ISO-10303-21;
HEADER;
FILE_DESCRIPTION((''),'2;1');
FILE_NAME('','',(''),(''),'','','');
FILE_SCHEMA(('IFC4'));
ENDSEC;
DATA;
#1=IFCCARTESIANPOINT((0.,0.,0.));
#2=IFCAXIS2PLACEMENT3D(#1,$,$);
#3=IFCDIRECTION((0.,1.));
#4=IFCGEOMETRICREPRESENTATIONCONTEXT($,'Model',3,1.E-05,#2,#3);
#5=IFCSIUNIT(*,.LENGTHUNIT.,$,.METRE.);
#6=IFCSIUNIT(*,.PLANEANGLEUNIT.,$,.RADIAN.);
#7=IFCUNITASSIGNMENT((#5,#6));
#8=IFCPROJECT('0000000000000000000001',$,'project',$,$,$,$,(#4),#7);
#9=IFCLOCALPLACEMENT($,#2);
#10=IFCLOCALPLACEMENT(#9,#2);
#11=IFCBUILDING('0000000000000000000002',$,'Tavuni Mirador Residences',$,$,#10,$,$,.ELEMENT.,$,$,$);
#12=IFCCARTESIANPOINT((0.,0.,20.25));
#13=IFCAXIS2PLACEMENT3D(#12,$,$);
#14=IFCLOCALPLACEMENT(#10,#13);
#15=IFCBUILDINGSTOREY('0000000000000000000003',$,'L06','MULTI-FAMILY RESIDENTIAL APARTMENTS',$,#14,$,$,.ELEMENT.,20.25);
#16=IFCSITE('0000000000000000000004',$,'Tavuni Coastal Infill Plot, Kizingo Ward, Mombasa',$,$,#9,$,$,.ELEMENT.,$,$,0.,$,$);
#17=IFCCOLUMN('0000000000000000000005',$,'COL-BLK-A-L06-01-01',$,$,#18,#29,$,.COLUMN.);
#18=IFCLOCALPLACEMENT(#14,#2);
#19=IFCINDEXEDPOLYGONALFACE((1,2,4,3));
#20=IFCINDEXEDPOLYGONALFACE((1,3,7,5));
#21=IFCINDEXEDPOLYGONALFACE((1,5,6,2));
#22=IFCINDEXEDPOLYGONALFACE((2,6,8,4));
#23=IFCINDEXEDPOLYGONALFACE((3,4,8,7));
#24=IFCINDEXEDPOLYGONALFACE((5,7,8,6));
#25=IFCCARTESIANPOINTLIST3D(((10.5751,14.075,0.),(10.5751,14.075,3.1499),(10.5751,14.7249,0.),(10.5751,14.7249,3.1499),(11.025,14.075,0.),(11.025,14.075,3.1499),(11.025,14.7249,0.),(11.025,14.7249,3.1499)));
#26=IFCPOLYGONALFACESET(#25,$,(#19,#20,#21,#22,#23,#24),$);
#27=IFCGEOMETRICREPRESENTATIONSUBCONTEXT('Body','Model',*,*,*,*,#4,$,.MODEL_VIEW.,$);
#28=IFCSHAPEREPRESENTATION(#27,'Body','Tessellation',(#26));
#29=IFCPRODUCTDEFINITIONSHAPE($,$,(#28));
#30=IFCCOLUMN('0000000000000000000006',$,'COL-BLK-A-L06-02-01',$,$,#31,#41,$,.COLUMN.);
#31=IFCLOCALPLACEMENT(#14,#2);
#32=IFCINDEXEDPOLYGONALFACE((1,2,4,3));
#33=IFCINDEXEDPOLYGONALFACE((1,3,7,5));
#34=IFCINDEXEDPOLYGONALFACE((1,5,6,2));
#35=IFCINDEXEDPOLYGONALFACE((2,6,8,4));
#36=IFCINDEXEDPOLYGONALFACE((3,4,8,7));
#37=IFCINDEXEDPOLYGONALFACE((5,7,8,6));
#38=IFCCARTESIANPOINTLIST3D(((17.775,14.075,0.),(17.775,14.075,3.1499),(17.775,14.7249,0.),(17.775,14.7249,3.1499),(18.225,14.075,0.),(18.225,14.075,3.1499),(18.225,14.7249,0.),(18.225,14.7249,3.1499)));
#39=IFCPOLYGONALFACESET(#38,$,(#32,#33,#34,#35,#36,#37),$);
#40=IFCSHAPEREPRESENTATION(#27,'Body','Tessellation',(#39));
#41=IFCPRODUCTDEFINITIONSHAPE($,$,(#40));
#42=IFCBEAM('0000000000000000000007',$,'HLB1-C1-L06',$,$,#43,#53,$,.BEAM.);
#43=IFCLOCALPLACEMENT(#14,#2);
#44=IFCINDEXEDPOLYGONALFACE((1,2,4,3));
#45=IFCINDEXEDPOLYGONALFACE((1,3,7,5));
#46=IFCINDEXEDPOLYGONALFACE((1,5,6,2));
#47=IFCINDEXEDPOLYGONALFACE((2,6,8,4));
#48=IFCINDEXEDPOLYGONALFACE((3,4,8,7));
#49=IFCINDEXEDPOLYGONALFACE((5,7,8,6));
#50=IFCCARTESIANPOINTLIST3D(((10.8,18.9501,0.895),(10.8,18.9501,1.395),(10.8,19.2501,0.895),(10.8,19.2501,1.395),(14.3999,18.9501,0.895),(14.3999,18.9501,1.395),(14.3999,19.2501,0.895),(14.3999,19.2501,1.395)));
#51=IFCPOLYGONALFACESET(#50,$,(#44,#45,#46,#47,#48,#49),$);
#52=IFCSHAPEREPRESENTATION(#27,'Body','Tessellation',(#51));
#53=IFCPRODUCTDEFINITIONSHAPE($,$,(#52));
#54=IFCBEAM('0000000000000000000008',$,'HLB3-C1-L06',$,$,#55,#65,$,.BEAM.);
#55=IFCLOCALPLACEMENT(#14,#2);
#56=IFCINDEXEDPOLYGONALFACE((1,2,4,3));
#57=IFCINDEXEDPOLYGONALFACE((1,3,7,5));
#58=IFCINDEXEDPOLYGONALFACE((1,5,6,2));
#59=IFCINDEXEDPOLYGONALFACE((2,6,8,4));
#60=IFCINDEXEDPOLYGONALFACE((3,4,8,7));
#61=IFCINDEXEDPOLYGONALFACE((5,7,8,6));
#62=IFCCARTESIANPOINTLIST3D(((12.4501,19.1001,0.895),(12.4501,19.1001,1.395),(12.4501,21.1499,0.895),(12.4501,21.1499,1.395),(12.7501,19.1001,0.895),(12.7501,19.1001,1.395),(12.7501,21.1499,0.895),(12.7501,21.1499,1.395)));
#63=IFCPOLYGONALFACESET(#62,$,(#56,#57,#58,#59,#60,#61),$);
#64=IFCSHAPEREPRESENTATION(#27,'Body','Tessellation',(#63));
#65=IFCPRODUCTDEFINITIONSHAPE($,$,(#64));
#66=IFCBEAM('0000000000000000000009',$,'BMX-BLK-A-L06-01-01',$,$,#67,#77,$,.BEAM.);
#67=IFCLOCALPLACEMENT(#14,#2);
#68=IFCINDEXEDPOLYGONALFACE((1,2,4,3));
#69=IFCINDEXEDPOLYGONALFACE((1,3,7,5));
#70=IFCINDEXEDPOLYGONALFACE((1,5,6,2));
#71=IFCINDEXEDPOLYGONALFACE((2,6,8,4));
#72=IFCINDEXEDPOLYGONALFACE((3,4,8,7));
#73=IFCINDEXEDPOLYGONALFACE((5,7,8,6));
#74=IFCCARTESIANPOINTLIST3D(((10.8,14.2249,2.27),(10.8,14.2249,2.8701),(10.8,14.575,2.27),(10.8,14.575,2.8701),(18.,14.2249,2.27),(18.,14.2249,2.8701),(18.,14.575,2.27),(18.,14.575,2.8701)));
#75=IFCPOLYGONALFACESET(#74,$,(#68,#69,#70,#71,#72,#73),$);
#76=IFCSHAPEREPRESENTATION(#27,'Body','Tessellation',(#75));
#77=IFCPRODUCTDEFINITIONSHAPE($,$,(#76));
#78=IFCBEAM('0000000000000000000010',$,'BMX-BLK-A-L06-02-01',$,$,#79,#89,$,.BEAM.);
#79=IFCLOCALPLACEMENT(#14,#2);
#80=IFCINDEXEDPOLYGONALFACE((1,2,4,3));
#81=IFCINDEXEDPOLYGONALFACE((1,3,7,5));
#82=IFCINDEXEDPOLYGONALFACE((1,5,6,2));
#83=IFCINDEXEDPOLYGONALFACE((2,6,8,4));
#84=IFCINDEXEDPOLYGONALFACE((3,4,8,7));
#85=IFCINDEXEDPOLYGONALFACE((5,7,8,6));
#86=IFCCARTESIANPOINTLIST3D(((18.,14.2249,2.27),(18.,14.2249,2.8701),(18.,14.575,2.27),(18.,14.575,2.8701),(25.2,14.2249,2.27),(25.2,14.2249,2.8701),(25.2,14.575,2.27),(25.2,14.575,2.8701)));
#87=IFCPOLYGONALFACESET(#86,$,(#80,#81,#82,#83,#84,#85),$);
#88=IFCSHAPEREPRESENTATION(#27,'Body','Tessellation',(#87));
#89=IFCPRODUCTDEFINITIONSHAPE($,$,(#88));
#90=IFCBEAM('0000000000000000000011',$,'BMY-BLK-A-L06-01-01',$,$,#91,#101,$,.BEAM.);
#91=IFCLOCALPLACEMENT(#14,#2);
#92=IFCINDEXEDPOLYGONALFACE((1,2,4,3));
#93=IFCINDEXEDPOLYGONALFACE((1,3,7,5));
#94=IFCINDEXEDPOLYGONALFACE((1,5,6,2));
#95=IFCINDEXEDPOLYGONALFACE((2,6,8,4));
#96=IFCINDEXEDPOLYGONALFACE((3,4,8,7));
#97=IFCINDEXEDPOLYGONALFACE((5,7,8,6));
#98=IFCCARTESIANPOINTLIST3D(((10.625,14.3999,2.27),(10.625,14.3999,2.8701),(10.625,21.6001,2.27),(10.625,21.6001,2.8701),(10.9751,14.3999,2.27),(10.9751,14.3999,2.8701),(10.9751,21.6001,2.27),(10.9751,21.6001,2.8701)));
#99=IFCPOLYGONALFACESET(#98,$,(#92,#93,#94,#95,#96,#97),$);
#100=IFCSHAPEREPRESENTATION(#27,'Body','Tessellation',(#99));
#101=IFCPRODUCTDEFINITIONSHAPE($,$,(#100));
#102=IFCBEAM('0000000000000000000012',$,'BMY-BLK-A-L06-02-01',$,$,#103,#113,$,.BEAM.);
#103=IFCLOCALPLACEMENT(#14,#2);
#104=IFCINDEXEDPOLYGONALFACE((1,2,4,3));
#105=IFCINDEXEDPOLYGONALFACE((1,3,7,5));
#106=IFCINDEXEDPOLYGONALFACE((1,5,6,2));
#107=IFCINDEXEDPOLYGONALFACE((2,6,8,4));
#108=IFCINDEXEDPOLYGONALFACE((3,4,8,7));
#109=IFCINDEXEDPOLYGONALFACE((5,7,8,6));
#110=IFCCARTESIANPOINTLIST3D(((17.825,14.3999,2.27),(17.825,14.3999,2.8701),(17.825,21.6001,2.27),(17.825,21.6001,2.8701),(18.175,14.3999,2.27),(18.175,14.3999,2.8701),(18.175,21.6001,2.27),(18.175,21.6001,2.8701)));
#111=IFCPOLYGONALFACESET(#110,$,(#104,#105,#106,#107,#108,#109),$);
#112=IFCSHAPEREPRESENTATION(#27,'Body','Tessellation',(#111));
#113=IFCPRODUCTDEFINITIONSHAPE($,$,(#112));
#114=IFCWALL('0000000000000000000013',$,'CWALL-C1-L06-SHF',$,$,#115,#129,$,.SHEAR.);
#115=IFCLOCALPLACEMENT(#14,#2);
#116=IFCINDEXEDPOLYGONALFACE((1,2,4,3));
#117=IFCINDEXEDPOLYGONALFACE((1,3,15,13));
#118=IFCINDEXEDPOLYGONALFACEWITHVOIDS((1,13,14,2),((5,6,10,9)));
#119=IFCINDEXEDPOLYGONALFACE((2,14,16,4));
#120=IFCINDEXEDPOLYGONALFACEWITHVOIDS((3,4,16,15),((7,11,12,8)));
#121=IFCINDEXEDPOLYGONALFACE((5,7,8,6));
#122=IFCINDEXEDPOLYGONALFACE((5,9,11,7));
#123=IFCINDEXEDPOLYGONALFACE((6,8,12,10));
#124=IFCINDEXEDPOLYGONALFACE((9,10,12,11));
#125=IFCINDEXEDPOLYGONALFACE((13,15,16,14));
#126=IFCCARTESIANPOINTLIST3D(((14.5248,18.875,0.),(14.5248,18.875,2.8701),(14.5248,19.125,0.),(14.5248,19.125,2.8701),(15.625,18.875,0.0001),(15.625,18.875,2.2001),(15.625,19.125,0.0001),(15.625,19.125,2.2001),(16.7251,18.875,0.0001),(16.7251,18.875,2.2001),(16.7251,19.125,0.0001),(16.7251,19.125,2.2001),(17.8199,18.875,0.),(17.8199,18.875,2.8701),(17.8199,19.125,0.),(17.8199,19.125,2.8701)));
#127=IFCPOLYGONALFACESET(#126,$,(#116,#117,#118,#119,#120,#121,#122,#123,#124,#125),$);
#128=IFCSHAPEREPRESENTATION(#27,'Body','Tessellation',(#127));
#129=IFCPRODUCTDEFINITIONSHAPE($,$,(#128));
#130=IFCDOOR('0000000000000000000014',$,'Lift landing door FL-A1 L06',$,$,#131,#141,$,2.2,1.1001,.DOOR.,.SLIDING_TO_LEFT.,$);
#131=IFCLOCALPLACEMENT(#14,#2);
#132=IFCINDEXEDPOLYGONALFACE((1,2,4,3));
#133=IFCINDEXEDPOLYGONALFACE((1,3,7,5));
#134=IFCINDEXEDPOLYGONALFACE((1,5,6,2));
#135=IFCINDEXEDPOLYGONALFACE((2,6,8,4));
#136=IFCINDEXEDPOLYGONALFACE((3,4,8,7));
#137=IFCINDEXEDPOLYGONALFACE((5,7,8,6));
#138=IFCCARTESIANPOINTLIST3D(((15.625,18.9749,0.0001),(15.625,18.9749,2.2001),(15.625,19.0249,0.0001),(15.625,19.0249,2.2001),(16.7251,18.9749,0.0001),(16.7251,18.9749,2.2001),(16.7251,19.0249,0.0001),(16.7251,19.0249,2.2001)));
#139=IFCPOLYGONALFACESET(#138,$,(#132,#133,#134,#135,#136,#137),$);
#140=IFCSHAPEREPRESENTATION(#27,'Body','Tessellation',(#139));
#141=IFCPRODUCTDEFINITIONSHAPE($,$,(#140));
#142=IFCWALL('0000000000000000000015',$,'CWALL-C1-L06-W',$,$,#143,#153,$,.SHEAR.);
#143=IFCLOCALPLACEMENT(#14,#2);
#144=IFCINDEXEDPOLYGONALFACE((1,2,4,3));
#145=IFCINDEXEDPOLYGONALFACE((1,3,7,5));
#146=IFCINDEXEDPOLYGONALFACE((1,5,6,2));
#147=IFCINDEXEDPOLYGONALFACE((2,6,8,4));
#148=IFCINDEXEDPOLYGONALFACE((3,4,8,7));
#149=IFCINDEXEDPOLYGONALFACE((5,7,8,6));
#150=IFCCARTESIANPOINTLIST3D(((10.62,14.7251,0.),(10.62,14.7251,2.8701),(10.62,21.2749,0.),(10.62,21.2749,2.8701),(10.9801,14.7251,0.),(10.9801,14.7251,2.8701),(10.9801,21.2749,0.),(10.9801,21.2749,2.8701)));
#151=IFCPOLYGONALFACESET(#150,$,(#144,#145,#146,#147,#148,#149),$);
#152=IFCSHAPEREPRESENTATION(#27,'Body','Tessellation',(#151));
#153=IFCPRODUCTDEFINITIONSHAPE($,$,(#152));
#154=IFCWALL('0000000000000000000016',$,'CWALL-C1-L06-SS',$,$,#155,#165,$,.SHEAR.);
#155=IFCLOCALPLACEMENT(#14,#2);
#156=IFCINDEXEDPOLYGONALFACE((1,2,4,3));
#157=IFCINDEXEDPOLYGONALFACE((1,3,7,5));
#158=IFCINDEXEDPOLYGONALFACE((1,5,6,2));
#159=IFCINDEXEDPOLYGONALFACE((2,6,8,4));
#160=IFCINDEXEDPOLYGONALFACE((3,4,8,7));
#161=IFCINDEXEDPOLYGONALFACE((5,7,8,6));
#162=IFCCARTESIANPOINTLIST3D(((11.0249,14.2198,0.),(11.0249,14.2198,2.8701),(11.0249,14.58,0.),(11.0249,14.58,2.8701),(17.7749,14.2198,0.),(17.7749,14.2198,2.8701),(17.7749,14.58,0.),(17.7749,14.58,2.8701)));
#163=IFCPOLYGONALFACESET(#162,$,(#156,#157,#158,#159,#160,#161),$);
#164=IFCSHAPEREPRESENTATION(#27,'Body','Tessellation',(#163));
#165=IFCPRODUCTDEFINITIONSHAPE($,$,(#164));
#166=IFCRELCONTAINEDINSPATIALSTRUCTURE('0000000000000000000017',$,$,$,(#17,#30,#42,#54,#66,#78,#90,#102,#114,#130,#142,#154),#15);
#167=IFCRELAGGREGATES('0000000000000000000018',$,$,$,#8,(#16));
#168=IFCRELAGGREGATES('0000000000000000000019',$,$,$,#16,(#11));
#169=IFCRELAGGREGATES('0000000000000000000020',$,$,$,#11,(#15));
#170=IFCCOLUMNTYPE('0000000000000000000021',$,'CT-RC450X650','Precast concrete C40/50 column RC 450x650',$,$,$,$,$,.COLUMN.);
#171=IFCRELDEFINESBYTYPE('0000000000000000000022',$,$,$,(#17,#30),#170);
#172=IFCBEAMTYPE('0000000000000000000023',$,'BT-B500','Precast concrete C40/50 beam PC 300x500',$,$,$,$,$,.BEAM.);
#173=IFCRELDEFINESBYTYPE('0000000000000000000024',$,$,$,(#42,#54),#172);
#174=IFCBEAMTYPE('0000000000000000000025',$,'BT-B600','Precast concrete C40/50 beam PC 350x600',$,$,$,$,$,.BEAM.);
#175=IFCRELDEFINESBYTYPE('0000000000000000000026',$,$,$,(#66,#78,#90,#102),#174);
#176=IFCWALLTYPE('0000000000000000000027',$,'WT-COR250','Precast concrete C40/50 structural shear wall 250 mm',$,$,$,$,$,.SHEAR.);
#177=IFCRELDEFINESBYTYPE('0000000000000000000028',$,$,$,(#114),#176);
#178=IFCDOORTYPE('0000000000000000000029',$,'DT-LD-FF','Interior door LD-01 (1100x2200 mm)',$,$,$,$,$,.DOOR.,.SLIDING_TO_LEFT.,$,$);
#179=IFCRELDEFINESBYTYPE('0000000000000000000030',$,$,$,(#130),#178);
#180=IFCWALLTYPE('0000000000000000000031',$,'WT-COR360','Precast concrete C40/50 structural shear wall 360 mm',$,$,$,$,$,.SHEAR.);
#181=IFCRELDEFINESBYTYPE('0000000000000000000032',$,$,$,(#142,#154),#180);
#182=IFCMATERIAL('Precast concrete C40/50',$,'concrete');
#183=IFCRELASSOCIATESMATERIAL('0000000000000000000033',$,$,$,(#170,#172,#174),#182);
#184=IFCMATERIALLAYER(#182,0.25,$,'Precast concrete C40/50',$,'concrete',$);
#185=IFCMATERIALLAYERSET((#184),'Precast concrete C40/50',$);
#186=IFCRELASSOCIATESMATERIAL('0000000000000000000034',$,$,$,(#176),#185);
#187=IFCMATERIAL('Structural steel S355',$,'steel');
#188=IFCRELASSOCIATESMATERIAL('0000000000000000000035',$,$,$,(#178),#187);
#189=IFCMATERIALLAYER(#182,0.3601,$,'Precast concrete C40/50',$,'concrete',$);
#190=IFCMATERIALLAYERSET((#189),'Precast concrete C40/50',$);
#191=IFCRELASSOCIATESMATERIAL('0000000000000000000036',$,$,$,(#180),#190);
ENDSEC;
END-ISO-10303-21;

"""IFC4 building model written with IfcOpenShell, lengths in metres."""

from ifc_helpers import new_model, si_unit, direction, frame, frame_2d, origin, origin_2d, place, context, subcontext, project, spatial, rectangle, extrude, material, layer, layer_set, material_profile, profile_set, type_object, element, fill, save


model = new_model("IFC4")

# Units and contexts
model_context = context("Model", 3, precision=1e-05, world=origin(), true_north=direction((0.0, 1.0)))
body_context = subcontext(model_context, "Body", "Model", "MODEL_VIEW")
ifc_project = project(units=[si_unit("LENGTHUNIT", "METRE"), si_unit("PLANEANGLEUNIT", "RADIAN")], contexts=[model_context])

# Site, building, storey
site_placement = place(None, origin())
site = spatial("IfcSite", under=ifc_project, at=site_placement, Name="Tavuni Coastal Infill Plot, Kizingo Ward, Mombasa", CompositionType="ELEMENT", RefElevation=0.0)
building_placement = place(site_placement, origin())
building = spatial("IfcBuilding", under=site, at=building_placement, Name="Tavuni Mirador Residences", CompositionType="ELEMENT")
storey_placement = place(building_placement, frame((0.0, 0.0, 20.25)))
storey = spatial("IfcBuildingStorey", under=building, at=storey_placement, Name="L06", Description="MULTI-FAMILY RESIDENTIAL APARTMENTS", CompositionType="ELEMENT", Elevation=20.25)

# Columns
ifc_material_1 = material(Name="Precast concrete C40/50", Category="concrete")
ifc_material_profile_1 = material_profile(ifc_material_1, rectangle(XDim=0.45, YDim=0.6499, at=origin_2d()), Name="RC 450x650", Category="concrete")
ifc_profile_set_1 = profile_set([ifc_material_profile_1], Name="Precast concrete C40/50")
column_type = type_object("IfcColumnType", Name="CT-RC450X650", Description="Precast concrete C40/50 column RC 450x650", PredefinedType="COLUMN", material=ifc_profile_set_1)
for number, where, z_axis, x_axis, name in (
    (1, (10.8, 14.3999, 0.0), (0.0, 0.0, 1.0), (1.0, 0.0, 0.0), "COL-BLK-A-L06-01-01"),
    (2, (18.0, 14.3999, 0.0), (0.0, 0.0, 1.0), (1.0, 0.0, 0.0), "COL-BLK-A-L06-02-01"),
):
    element("IfcColumn", number, at=place(storey_placement, frame(where, z_axis=z_axis, x_axis=x_axis)), inside=storey, type_object=column_type, Name=name, PredefinedType="COLUMN", context=body_context, shape_type="SweptSolid", body=[
        extrude(rectangle(XDim=0.45, YDim=0.6499, at=origin_2d()), origin(), (0.0, 0.0, 1.0), 3.1499),
    ])

# Beams
ifc_material_profile_2 = material_profile(ifc_material_1, rectangle(XDim=0.3, YDim=0.5, at=origin_2d()), Name="PC 300x500", Category="concrete")
ifc_profile_set_2 = profile_set([ifc_material_profile_2], Name="Precast concrete C40/50")
beam_type_1 = type_object("IfcBeamType", Name="BT-B500", Description="Precast concrete C40/50 beam PC 300x500", PredefinedType="BEAM", material=ifc_profile_set_2)
beam_1_placement = place(storey_placement, frame((10.8, 19.1001, 1.145), z_axis=(1.0, 0.0, 0.0), x_axis=(0.0, 1.0, 0.0)))
element("IfcBeam", 3, at=beam_1_placement, inside=storey, type_object=beam_type_1, Name="HLB1-C1-L06", PredefinedType="BEAM", context=body_context, shape_type="SweptSolid", body=[
    extrude(rectangle(XDim=0.3, YDim=0.5, at=origin_2d()), origin(), (0.0, 0.0, 1.0), 3.5999),
])
beam_2_placement = place(storey_placement, frame((12.6001, 19.1001, 1.145), z_axis=(0.0, 1.0, 0.0), x_axis=(-1.0, 0.0, 0.0)))
element("IfcBeam", 4, at=beam_2_placement, inside=storey, type_object=beam_type_1, Name="HLB3-C1-L06", PredefinedType="BEAM", context=body_context, shape_type="SweptSolid", body=[
    extrude(rectangle(XDim=0.3, YDim=0.5, at=origin_2d()), origin(), (0.0, 0.0, 1.0), 2.0498),
])
ifc_material_profile_3 = material_profile(ifc_material_1, rectangle(XDim=0.3501, YDim=0.6001, at=origin_2d()), Name="PC 350x600", Category="concrete")
ifc_profile_set_3 = profile_set([ifc_material_profile_3], Name="Precast concrete C40/50")
beam_type_2 = type_object("IfcBeamType", Name="BT-B600", Description="Precast concrete C40/50 beam PC 350x600", PredefinedType="BEAM", material=ifc_profile_set_3)
for number, where, z_axis, x_axis, name in (
    (5, (10.8, 14.3999, 2.5701), (1.0, 0.0, 0.0), (0.0, 1.0, 0.0), "BMX-BLK-A-L06-01-01"),
    (6, (18.0, 14.3999, 2.5701), (1.0, 0.0, 0.0), (0.0, 1.0, 0.0), "BMX-BLK-A-L06-02-01"),
):
    element("IfcBeam", number, at=place(storey_placement, frame(where, z_axis=z_axis, x_axis=x_axis)), inside=storey, type_object=beam_type_2, Name=name, PredefinedType="BEAM", context=body_context, shape_type="SweptSolid", body=[
        extrude(rectangle(XDim=0.3501, YDim=0.6001, at=origin_2d()), origin(), (0.0, 0.0, 1.0), 7.2),
    ])
for number, where, z_axis, x_axis, name in (
    (7, (10.8, 14.3999, 2.5701), (0.0, 1.0, 0.0), (-1.0, 0.0, 0.0), "BMY-BLK-A-L06-01-01"),
    (8, (18.0, 14.3999, 2.5701), (0.0, 1.0, 0.0), (-1.0, 0.0, 0.0), "BMY-BLK-A-L06-02-01"),
):
    element("IfcBeam", number, at=place(storey_placement, frame(where, z_axis=z_axis, x_axis=x_axis)), inside=storey, type_object=beam_type_2, Name=name, PredefinedType="BEAM", context=body_context, shape_type="SweptSolid", body=[
        extrude(rectangle(XDim=0.3501, YDim=0.6001, at=origin_2d()), origin(), (0.0, 0.0, 1.0), 7.2002),
    ])

# Wall, opening, door
ifc_layer_1 = layer(ifc_material_1, 0.25, Name="Precast concrete C40/50", Category="concrete")
ifc_layer_set_1 = layer_set([ifc_layer_1], Name="Precast concrete C40/50")
wall_type_1 = type_object("IfcWallType", Name="WT-COR250", Description="Precast concrete C40/50 structural shear wall 250 mm", PredefinedType="SHEAR", material=ifc_layer_set_1)
wall_1_placement = place(storey_placement, frame((14.5249, 19.0, 0.0), z_axis=(0.0, 0.0, 1.0), x_axis=(1.0, 0.0, 0.0)))
wall_1 = element("IfcWall", 9, at=wall_1_placement, inside=storey, type_object=wall_type_1, Name="CWALL-C1-L06-SHF", PredefinedType="SHEAR", context=body_context, shape_type="SweptSolid", body=[
    extrude(rectangle(XDim=3.2952, YDim=0.25, at=frame_2d((1.6475, 0.0))), origin(), (0.0, 0.0, 1.0), 2.8701),
])
opening_1_placement = place(wall_1_placement, frame((1.1001, 0.0, 0.0)))
opening_1 = element("IfcOpeningElement", 10, at=opening_1_placement, cuts=wall_1, PredefinedType="OPENING", context=body_context, shape_type="SweptSolid", body=[
    extrude(rectangle(XDim=1.1001, YDim=2.2, at=frame_2d((0.55, 1.1001))), frame((0.0, 0.135, 0.0), z_axis=(0.0, -1.0, 0.0), x_axis=(1.0, 0.0, 0.0)), (0.0, 0.0, 1.0), 0.27),
])
ifc_material_2 = material(Name="Structural steel S355", Category="steel")
door_type_1 = type_object("IfcDoorType", Name="DT-LD-FF", Description="Interior door LD-01 (1100x2200 mm)", OperationType="SLIDING_TO_LEFT", PredefinedType="DOOR", material=ifc_material_2)
door_1_placement = place(opening_1_placement, origin())
door_1 = element("IfcDoor", 11, at=door_1_placement, inside=storey, type_object=door_type_1, Name="Lift landing door FL-A1 L06", OperationType="SLIDING_TO_LEFT", OverallHeight=2.2, OverallWidth=1.1001, PredefinedType="DOOR", context=body_context, shape_type="SweptSolid", body=[
    extrude(rectangle(XDim=1.1001, YDim=2.2, at=frame_2d((0.55, 1.1001))), frame((0.0, 0.0249, 0.0), z_axis=(0.0, -1.0, 0.0), x_axis=(1.0, 0.0, 0.0)), (0.0, 0.0, 1.0), 0.05),
])
fill(opening_1, door_1)

# Wall
ifc_layer_2 = layer(ifc_material_1, 0.3601, Name="Precast concrete C40/50", Category="concrete")
ifc_layer_set_2 = layer_set([ifc_layer_2], Name="Precast concrete C40/50")
wall_type_2 = type_object("IfcWallType", Name="WT-COR360", Description="Precast concrete C40/50 structural shear wall 360 mm", PredefinedType="SHEAR", material=ifc_layer_set_2)
wall_2_placement = place(storey_placement, frame((10.8, 14.7251, 0.0), z_axis=(0.0, 0.0, 1.0), x_axis=(0.0, 1.0, 0.0)))
element("IfcWall", 12, at=wall_2_placement, inside=storey, type_object=wall_type_2, Name="CWALL-C1-L06-W", PredefinedType="SHEAR", context=body_context, shape_type="SweptSolid", body=[
    extrude(rectangle(XDim=6.5498, YDim=0.3601, at=frame_2d((3.2749, 0.0))), origin(), (0.0, 0.0, 1.0), 2.8701),
])

# Wall
wall_3_placement = place(storey_placement, frame((11.0249, 14.3999, 0.0), z_axis=(0.0, 0.0, 1.0), x_axis=(1.0, 0.0, 0.0)))
element("IfcWall", 13, at=wall_3_placement, inside=storey, type_object=wall_type_2, Name="CWALL-C1-L06-SS", PredefinedType="SHEAR", context=body_context, shape_type="SweptSolid", body=[
    extrude(rectangle(XDim=6.75, YDim=0.3601, at=frame_2d((3.375, 0.0))), origin(), (0.0, 0.0, 1.0), 2.8701),
])

save(model, "model.ifc")
